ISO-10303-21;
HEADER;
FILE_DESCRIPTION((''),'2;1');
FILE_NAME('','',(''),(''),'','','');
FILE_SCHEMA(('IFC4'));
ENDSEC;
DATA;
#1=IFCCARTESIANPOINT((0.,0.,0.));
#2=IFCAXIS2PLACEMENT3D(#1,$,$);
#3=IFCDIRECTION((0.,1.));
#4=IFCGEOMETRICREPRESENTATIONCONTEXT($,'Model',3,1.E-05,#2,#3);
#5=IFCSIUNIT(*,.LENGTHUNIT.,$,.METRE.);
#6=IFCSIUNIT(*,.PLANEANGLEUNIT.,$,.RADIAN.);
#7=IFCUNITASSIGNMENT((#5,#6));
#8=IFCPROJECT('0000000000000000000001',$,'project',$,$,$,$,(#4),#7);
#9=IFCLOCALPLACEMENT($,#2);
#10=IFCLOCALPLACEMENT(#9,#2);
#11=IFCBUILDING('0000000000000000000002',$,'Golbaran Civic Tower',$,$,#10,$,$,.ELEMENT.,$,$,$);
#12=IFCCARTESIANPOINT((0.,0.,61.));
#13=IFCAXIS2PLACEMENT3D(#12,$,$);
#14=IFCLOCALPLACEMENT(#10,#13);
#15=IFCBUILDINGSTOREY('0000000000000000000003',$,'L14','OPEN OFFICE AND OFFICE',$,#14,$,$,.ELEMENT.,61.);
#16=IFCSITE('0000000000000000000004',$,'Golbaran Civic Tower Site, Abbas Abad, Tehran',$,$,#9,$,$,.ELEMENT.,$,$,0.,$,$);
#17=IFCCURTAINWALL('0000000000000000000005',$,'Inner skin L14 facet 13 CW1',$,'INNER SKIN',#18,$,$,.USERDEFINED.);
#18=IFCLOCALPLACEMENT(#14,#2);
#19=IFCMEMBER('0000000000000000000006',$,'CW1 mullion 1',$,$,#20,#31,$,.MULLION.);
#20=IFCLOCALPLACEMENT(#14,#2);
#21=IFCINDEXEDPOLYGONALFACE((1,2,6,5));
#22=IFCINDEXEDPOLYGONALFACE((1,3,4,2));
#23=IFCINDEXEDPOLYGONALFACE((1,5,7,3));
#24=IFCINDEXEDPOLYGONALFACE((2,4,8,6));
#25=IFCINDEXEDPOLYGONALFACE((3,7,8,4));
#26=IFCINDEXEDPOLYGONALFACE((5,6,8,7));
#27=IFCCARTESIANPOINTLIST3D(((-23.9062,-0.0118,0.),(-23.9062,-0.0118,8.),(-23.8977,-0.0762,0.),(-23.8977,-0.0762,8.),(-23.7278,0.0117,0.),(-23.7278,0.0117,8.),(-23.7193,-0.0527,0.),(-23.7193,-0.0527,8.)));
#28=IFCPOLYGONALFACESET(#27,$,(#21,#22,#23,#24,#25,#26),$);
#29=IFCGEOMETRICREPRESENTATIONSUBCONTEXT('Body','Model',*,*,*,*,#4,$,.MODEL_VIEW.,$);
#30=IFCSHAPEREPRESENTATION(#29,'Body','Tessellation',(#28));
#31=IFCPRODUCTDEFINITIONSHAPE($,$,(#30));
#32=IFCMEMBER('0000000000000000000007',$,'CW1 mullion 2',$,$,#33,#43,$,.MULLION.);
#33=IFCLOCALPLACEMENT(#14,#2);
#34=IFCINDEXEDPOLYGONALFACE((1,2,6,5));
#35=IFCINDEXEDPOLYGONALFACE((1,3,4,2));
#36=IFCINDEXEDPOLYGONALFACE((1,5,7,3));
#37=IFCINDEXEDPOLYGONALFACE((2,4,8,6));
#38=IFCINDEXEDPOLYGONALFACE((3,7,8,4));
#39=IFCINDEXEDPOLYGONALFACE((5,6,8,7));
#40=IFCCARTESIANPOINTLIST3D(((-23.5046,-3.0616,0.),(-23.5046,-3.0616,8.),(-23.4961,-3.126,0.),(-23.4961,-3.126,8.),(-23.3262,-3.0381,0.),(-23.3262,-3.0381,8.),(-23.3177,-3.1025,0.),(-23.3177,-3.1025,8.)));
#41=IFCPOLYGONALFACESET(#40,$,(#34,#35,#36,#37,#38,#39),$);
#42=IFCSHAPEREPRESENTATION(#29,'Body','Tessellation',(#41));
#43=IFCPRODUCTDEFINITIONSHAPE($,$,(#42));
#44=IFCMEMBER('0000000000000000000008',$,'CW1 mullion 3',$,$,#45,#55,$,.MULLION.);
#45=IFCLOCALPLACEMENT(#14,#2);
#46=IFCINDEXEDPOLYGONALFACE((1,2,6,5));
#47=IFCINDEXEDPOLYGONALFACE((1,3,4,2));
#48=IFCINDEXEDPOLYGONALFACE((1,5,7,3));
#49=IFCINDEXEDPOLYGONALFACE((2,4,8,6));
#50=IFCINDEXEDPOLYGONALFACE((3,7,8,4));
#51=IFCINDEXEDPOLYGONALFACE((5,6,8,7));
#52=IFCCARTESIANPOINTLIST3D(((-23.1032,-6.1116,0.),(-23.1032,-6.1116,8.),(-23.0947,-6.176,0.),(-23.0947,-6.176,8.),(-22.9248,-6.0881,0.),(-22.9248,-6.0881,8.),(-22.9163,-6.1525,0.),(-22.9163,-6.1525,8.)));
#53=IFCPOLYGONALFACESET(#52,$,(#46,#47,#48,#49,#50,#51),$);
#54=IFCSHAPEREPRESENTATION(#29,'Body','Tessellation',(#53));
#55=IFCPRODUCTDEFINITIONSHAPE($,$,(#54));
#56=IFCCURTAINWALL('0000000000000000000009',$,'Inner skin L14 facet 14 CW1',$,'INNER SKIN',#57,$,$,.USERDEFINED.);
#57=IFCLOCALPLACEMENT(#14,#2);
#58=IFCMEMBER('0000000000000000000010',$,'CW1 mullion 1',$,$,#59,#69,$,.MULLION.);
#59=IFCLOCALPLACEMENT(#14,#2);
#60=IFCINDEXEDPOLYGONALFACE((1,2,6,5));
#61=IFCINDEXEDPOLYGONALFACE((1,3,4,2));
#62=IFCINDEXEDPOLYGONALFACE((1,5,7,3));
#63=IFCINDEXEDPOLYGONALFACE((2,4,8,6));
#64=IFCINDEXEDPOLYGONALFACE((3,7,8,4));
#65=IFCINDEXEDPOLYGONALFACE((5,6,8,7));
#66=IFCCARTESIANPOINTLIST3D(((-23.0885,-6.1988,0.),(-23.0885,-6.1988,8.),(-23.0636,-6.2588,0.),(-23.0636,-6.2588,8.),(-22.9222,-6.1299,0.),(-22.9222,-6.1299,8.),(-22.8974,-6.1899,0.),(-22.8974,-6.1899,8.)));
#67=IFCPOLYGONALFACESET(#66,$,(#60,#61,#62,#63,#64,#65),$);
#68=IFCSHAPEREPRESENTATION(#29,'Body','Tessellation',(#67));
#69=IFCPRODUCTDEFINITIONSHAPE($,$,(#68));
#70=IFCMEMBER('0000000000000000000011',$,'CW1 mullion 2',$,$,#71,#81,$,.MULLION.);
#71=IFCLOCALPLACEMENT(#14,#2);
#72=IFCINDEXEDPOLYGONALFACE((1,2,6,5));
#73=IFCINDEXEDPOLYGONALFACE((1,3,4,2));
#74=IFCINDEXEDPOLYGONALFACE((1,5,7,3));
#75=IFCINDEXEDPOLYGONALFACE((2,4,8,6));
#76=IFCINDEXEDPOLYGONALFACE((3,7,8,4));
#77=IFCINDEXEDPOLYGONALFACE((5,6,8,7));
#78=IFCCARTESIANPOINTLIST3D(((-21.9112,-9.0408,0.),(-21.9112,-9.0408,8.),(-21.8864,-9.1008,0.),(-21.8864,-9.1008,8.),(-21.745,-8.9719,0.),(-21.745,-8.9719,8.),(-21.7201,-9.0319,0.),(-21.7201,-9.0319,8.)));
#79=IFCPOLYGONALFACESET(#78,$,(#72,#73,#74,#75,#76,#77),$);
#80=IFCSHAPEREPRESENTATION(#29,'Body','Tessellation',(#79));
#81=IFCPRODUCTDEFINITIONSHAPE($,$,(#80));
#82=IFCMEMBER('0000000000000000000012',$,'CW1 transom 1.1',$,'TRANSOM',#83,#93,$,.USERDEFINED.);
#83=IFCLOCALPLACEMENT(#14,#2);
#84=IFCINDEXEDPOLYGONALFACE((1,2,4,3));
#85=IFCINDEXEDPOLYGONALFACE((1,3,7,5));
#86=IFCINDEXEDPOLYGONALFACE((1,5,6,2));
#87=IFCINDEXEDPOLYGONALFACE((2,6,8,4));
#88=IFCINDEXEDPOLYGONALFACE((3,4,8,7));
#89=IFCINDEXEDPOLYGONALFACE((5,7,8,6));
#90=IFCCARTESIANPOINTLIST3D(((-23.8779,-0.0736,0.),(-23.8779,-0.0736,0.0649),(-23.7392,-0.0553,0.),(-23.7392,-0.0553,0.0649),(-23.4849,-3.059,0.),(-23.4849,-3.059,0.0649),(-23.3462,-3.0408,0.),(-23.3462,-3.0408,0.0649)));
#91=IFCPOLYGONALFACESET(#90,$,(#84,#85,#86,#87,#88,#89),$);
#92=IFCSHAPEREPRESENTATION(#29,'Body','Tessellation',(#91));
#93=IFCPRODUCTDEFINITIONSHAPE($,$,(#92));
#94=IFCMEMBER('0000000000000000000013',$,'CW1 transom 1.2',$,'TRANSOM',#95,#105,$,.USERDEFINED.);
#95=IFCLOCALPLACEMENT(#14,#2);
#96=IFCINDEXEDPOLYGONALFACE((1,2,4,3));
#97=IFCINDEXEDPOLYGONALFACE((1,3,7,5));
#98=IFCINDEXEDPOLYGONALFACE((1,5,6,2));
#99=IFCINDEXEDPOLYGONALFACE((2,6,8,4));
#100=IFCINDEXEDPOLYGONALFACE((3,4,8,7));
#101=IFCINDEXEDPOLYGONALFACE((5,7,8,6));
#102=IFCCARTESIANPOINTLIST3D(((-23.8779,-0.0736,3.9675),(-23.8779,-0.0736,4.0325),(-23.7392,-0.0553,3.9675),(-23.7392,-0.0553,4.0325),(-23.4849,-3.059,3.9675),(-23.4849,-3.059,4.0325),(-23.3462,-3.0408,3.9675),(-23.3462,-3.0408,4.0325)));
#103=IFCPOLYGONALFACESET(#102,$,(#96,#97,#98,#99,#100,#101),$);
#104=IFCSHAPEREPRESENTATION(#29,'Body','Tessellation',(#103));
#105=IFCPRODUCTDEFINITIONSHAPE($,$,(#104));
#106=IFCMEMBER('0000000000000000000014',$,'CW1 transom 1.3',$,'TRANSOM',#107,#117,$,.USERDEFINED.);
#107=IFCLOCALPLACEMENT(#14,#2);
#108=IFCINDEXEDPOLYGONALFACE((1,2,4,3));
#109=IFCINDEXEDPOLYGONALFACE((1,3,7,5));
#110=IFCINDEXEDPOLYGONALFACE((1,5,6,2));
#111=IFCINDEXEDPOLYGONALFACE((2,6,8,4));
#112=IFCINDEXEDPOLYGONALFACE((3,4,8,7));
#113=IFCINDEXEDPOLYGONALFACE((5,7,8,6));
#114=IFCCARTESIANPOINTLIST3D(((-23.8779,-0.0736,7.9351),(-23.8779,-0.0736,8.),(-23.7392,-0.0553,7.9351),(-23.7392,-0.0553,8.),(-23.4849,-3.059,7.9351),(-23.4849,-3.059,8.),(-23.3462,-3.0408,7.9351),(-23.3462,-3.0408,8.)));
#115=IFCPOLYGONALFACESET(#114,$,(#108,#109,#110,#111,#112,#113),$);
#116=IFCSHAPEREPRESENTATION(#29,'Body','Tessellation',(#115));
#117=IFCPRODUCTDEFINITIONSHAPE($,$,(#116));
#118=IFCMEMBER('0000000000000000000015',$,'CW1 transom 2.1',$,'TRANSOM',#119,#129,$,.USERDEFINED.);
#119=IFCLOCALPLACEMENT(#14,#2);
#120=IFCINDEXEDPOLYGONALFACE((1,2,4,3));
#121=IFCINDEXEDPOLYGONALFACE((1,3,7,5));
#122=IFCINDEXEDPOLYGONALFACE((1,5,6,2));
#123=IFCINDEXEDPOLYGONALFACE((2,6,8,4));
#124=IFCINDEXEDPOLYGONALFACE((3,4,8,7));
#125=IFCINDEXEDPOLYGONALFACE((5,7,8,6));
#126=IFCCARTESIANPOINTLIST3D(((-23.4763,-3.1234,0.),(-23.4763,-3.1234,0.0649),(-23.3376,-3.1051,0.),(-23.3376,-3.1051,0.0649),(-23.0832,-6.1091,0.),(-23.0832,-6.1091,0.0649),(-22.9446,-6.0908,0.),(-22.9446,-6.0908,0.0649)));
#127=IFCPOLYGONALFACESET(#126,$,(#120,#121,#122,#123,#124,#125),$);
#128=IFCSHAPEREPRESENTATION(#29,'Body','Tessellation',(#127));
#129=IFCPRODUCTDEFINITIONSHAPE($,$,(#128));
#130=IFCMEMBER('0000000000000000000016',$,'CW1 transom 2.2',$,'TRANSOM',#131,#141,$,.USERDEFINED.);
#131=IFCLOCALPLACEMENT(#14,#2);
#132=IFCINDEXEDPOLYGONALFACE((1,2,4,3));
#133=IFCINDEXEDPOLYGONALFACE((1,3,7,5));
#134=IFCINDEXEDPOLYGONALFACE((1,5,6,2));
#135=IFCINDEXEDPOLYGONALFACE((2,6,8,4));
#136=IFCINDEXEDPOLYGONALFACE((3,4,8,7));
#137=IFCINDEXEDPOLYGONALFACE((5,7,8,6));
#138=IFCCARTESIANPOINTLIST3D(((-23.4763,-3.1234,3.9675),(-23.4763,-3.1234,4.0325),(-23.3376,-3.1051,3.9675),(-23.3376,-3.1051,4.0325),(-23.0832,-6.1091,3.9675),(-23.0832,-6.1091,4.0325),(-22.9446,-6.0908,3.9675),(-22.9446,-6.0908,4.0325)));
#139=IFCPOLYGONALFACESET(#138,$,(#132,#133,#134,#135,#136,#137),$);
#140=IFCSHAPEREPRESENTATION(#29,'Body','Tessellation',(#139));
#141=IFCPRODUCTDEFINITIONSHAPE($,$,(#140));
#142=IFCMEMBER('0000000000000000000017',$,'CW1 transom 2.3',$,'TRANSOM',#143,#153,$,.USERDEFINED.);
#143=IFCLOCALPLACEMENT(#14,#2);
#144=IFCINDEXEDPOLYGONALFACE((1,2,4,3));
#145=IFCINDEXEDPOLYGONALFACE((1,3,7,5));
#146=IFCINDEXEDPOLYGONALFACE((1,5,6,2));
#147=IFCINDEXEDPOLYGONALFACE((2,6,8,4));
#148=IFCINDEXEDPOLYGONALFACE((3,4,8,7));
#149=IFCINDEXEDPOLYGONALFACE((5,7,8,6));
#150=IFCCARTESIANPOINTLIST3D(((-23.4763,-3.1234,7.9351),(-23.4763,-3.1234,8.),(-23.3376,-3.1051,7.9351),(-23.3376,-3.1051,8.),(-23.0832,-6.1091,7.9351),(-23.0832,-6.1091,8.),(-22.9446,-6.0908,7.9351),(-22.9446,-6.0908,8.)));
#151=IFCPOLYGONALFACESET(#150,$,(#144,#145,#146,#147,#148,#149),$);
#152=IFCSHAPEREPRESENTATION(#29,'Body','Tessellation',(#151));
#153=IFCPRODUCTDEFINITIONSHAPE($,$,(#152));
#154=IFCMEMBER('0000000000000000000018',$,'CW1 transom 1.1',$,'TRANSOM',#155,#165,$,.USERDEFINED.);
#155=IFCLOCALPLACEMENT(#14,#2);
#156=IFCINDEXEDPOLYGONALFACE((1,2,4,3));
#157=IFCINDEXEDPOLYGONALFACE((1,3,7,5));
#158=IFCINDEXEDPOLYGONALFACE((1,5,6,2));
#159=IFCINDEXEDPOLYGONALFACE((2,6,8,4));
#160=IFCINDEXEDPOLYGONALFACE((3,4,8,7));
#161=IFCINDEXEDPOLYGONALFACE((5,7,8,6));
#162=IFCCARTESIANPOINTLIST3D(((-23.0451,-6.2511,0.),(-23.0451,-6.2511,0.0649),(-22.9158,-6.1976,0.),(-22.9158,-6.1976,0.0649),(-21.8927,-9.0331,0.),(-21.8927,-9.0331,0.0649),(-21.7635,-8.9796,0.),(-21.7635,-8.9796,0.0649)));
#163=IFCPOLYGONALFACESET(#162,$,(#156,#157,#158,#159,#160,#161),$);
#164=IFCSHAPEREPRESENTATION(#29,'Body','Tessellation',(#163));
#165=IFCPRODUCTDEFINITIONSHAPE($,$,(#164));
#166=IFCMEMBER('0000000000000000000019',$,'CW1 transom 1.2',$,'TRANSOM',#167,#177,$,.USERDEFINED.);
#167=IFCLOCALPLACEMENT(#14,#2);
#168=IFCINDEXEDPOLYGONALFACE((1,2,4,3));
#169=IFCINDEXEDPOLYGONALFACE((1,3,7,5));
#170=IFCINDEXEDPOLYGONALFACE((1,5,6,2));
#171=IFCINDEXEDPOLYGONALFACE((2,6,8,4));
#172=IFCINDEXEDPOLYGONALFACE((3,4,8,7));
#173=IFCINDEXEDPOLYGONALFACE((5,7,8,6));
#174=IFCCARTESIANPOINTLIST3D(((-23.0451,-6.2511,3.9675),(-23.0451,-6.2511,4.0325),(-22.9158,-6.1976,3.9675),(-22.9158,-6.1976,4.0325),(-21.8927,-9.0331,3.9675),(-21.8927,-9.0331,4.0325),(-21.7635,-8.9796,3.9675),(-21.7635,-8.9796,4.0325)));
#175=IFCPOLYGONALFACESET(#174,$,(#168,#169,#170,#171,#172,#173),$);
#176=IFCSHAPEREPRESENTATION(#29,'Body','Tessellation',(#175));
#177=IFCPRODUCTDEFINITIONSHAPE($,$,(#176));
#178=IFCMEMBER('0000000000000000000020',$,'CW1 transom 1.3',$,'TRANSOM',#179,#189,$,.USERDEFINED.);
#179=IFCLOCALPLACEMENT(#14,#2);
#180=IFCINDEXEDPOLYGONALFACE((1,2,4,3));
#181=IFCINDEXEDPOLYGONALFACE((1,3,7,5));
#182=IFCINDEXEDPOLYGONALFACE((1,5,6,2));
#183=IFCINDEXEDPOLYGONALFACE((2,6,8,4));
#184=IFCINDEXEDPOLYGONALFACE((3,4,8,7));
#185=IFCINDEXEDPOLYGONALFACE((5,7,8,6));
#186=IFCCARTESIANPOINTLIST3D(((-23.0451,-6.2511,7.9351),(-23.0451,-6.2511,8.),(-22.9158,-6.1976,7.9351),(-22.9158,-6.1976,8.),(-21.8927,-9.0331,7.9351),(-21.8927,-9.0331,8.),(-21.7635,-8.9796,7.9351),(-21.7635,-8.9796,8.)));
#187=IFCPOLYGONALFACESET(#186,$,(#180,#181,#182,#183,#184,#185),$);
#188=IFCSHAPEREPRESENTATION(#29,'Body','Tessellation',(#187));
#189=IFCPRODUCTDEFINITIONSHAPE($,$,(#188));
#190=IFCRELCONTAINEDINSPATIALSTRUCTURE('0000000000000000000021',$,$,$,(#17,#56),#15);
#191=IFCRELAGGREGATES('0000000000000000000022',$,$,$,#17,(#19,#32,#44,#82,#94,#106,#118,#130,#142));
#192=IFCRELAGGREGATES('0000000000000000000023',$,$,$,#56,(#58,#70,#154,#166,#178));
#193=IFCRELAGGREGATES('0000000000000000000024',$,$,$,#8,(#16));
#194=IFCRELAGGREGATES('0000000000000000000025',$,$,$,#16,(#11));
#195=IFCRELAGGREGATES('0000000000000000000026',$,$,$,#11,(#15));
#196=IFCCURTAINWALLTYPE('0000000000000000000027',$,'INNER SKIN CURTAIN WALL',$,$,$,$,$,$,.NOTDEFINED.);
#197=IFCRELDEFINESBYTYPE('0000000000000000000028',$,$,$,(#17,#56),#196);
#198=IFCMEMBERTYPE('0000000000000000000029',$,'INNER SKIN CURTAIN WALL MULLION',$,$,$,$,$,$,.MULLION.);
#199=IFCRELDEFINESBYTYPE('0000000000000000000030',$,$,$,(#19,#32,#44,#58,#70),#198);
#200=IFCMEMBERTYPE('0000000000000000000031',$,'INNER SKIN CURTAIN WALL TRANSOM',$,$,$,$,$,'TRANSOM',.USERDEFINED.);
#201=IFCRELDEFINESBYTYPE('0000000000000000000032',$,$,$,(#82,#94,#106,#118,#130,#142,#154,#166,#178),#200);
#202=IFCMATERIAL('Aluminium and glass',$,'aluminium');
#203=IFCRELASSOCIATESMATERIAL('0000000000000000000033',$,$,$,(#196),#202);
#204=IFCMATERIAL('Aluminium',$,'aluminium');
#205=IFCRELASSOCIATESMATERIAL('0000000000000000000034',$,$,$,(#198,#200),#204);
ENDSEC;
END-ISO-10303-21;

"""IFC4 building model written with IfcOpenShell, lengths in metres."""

from ifc_helpers import new_model, si_unit, direction, frame, origin, origin_2d, place, context, subcontext, project, spatial, rectangle, extrude, material, material_profile, profile_set, type_object, element, aggregate, save


model = new_model("IFC4")

# Units and contexts
model_context = context("Model", 3, precision=1e-05, world=origin(), true_north=direction((0.0, 1.0)))
body_context = subcontext(model_context, "Body", "Model", "MODEL_VIEW")
ifc_project = project(units=[si_unit("LENGTHUNIT", "METRE"), si_unit("PLANEANGLEUNIT", "RADIAN")], contexts=[model_context])

# Site, building, storey
site_placement = place(None, origin())
site = spatial("IfcSite", under=ifc_project, at=site_placement, Name="Golbaran Civic Tower Site, Abbas Abad, Tehran", CompositionType="ELEMENT", RefElevation=0.0)
building_placement = place(site_placement, origin())
building = spatial("IfcBuilding", under=site, at=building_placement, Name="Golbaran Civic Tower", CompositionType="ELEMENT")
storey_placement = place(building_placement, frame((0.0, 0.0, 61.0)))
storey = spatial("IfcBuildingStorey", under=building, at=storey_placement, Name="L14", Description="OPEN OFFICE AND OFFICE", CompositionType="ELEMENT", Elevation=61.0)

# Curtain walls, members
ifc_material_1 = material(Name="Aluminium and glass", Category="aluminium")
curtain_wall_type = type_object("IfcCurtainWallType", Name="INNER SKIN CURTAIN WALL", PredefinedType="NOTDEFINED", material=ifc_material_1)
curtain_wall_1_placement = place(storey_placement, origin())
curtain_wall_1 = element("IfcCurtainWall", 1, at=curtain_wall_1_placement, inside=storey, type_object=curtain_wall_type, Name="Inner skin L14 facet 13 CW1", ObjectType="INNER SKIN", PredefinedType="USERDEFINED")
ifc_material_2 = material(Name="Aluminium", Category="aluminium")
ifc_material_profile_1 = material_profile(ifc_material_2, rectangle(XDim=0.1799, YDim=0.0649, at=origin_2d()), Name="INNER SKIN CURTAIN WALL MULLION")
ifc_profile_set_1 = profile_set([ifc_material_profile_1], Name="Aluminium")
member_type_1 = type_object("IfcMemberType", Name="INNER SKIN CURTAIN WALL MULLION", PredefinedType="MULLION", material=ifc_profile_set_1)
member_1_placement = place(storey_placement, frame((-23.8127, -0.0322, 0.0), z_axis=(0.0, 0.0, 1.0), x_axis=(0.991445, 0.130526, 0.0)))
member_1 = element("IfcMember", 2, at=member_1_placement, type_object=member_type_1, Name="CW1 mullion 1", PredefinedType="MULLION", context=body_context, shape_type="SweptSolid", body=[
    extrude(rectangle(XDim=0.1799, YDim=0.0649, at=origin_2d()), origin(), (0.0, 0.0, 1.0), 8.0),
])
member_2_placement = place(storey_placement, frame((-23.4111, -3.082, 0.0), z_axis=(0.0, 0.0, 1.0), x_axis=(0.991445, 0.130526, 0.0)))
member_2 = element("IfcMember", 3, at=member_2_placement, type_object=member_type_1, Name="CW1 mullion 2", PredefinedType="MULLION", context=body_context, shape_type="SweptSolid", body=[
    extrude(rectangle(XDim=0.1799, YDim=0.0649, at=origin_2d()), origin(), (0.0, 0.0, 1.0), 8.0),
])
member_3_placement = place(storey_placement, frame((-23.0098, -6.1321, 0.0), z_axis=(0.0, 0.0, 1.0), x_axis=(0.991445, 0.130526, 0.0)))
member_3 = element("IfcMember", 4, at=member_3_placement, type_object=member_type_1, Name="CW1 mullion 3", PredefinedType="MULLION", context=body_context, shape_type="SweptSolid", body=[
    extrude(rectangle(XDim=0.1799, YDim=0.0649, at=origin_2d()), origin(), (0.0, 0.0, 1.0), 8.0),
])
curtain_wall_2_placement = place(storey_placement, origin())
curtain_wall_2 = element("IfcCurtainWall", 5, at=curtain_wall_2_placement, inside=storey, type_object=curtain_wall_type, Name="Inner skin L14 facet 14 CW1", ObjectType="INNER SKIN", PredefinedType="USERDEFINED")
member_4_placement = place(storey_placement, frame((-22.9929, -6.1943, 0.0), z_axis=(0.0, 0.0, 1.0), x_axis=(0.92388, 0.382683, 0.0)))
member_4 = element("IfcMember", 6, at=member_4_placement, type_object=member_type_1, Name="CW1 mullion 1", PredefinedType="MULLION", context=body_context, shape_type="SweptSolid", body=[
    extrude(rectangle(XDim=0.1799, YDim=0.0649, at=origin_2d()), origin(), (0.0, 0.0, 1.0), 8.0),
])
member_5_placement = place(storey_placement, frame((-21.8157, -9.0364, 0.0), z_axis=(0.0, 0.0, 1.0), x_axis=(0.92388, 0.382683, 0.0)))
member_5 = element("IfcMember", 7, at=member_5_placement, type_object=member_type_1, Name="CW1 mullion 2", PredefinedType="MULLION", context=body_context, shape_type="SweptSolid", body=[
    extrude(rectangle(XDim=0.1799, YDim=0.0649, at=origin_2d()), origin(), (0.0, 0.0, 1.0), 8.0),
])

# Members
ifc_material_profile_2 = material_profile(ifc_material_2, rectangle(XDim=0.1399, YDim=0.0649, at=origin_2d()), Name="INNER SKIN CURTAIN WALL TRANSOM")
ifc_profile_set_2 = profile_set([ifc_material_profile_2], Name="Aluminium")
member_type_2 = type_object("IfcMemberType", Name="INNER SKIN CURTAIN WALL TRANSOM", ElementType="TRANSOM", PredefinedType="USERDEFINED", material=ifc_profile_set_2)
member_6_placement = place(storey_placement, frame((-23.8086, -0.0645, 0.0325), z_axis=(0.130538, -0.991443, 0.0), x_axis=(0.991443, 0.130538, 0.0)))
member_6 = element("IfcMember", 8, at=member_6_placement, type_object=member_type_2, Name="CW1 transom 1.1", ObjectType="TRANSOM", PredefinedType="USERDEFINED", context=body_context, shape_type="SweptSolid", body=[
    extrude(rectangle(XDim=0.1399, YDim=0.0649, at=origin_2d()), origin(), (0.0, 0.0, 1.0), 3.0112),
])
member_7_placement = place(storey_placement, frame((-23.8086, -0.0645, 4.0), z_axis=(0.130538, -0.991443, 0.0), x_axis=(0.991443, 0.130538, 0.0)))
member_7 = element("IfcMember", 9, at=member_7_placement, type_object=member_type_2, Name="CW1 transom 1.2", ObjectType="TRANSOM", PredefinedType="USERDEFINED", context=body_context, shape_type="SweptSolid", body=[
    extrude(rectangle(XDim=0.1399, YDim=0.0649, at=origin_2d()), origin(), (0.0, 0.0, 1.0), 3.0112),
])
member_8_placement = place(storey_placement, frame((-23.8086, -0.0645, 7.9675), z_axis=(0.130538, -0.991443, 0.0), x_axis=(0.991443, 0.130538, 0.0)))
member_8 = element("IfcMember", 10, at=member_8_placement, type_object=member_type_2, Name="CW1 transom 1.3", ObjectType="TRANSOM", PredefinedType="USERDEFINED", context=body_context, shape_type="SweptSolid", body=[
    extrude(rectangle(XDim=0.1399, YDim=0.0649, at=origin_2d()), origin(), (0.0, 0.0, 1.0), 3.0112),
])
member_9_placement = place(storey_placement, frame((-23.407, -3.1143, 0.0325), z_axis=(0.130528, -0.991445, 0.0), x_axis=(0.991445, 0.130528, 0.0)))
member_9 = element("IfcMember", 11, at=member_9_placement, type_object=member_type_2, Name="CW1 transom 2.1", ObjectType="TRANSOM", PredefinedType="USERDEFINED", context=body_context, shape_type="SweptSolid", body=[
    extrude(rectangle(XDim=0.1399, YDim=0.0649, at=origin_2d()), origin(), (0.0, 0.0, 1.0), 3.0115),
])
member_10_placement = place(storey_placement, frame((-23.407, -3.1143, 4.0), z_axis=(0.130528, -0.991445, 0.0), x_axis=(0.991445, 0.130528, 0.0)))
member_10 = element("IfcMember", 12, at=member_10_placement, type_object=member_type_2, Name="CW1 transom 2.2", ObjectType="TRANSOM", PredefinedType="USERDEFINED", context=body_context, shape_type="SweptSolid", body=[
    extrude(rectangle(XDim=0.1399, YDim=0.0649, at=origin_2d()), origin(), (0.0, 0.0, 1.0), 3.0115),
])
member_11_placement = place(storey_placement, frame((-23.407, -3.1143, 7.9675), z_axis=(0.130528, -0.991445, 0.0), x_axis=(0.991445, 0.130528, 0.0)))
member_11 = element("IfcMember", 13, at=member_11_placement, type_object=member_type_2, Name="CW1 transom 2.3", ObjectType="TRANSOM", PredefinedType="USERDEFINED", context=body_context, shape_type="SweptSolid", body=[
    extrude(rectangle(XDim=0.1399, YDim=0.0649, at=origin_2d()), origin(), (0.0, 0.0, 1.0), 3.0115),
])
member_12_placement = place(storey_placement, frame((-22.9805, -6.2244, 0.0325), z_axis=(0.382686, -0.923878, 0.0), x_axis=(0.923878, 0.382686, 0.0)))
member_12 = element("IfcMember", 14, at=member_12_placement, type_object=member_type_2, Name="CW1 transom 1.1", ObjectType="TRANSOM", PredefinedType="USERDEFINED", context=body_context, shape_type="SweptSolid", body=[
    extrude(rectangle(XDim=0.1399, YDim=0.0649, at=origin_2d()), origin(), (0.0, 0.0, 1.0), 3.0112),
])
member_13_placement = place(storey_placement, frame((-22.9805, -6.2244, 4.0), z_axis=(0.382686, -0.923878, 0.0), x_axis=(0.923878, 0.382686, 0.0)))
member_13 = element("IfcMember", 15, at=member_13_placement, type_object=member_type_2, Name="CW1 transom 1.2", ObjectType="TRANSOM", PredefinedType="USERDEFINED", context=body_context, shape_type="SweptSolid", body=[
    extrude(rectangle(XDim=0.1399, YDim=0.0649, at=origin_2d()), origin(), (0.0, 0.0, 1.0), 3.0112),
])
member_14_placement = place(storey_placement, frame((-22.9805, -6.2244, 7.9675), z_axis=(0.382686, -0.923878, 0.0), x_axis=(0.923878, 0.382686, 0.0)))
member_14 = element("IfcMember", 16, at=member_14_placement, type_object=member_type_2, Name="CW1 transom 1.3", ObjectType="TRANSOM", PredefinedType="USERDEFINED", context=body_context, shape_type="SweptSolid", body=[
    extrude(rectangle(XDim=0.1399, YDim=0.0649, at=origin_2d()), origin(), (0.0, 0.0, 1.0), 3.0112),
])

aggregate(curtain_wall_1, [member_1, member_2, member_3, member_6, member_7, member_8, member_9, member_10, member_11])
aggregate(curtain_wall_2, [member_4, member_5, member_12, member_13, member_14])

save(model, "model.ifc")
